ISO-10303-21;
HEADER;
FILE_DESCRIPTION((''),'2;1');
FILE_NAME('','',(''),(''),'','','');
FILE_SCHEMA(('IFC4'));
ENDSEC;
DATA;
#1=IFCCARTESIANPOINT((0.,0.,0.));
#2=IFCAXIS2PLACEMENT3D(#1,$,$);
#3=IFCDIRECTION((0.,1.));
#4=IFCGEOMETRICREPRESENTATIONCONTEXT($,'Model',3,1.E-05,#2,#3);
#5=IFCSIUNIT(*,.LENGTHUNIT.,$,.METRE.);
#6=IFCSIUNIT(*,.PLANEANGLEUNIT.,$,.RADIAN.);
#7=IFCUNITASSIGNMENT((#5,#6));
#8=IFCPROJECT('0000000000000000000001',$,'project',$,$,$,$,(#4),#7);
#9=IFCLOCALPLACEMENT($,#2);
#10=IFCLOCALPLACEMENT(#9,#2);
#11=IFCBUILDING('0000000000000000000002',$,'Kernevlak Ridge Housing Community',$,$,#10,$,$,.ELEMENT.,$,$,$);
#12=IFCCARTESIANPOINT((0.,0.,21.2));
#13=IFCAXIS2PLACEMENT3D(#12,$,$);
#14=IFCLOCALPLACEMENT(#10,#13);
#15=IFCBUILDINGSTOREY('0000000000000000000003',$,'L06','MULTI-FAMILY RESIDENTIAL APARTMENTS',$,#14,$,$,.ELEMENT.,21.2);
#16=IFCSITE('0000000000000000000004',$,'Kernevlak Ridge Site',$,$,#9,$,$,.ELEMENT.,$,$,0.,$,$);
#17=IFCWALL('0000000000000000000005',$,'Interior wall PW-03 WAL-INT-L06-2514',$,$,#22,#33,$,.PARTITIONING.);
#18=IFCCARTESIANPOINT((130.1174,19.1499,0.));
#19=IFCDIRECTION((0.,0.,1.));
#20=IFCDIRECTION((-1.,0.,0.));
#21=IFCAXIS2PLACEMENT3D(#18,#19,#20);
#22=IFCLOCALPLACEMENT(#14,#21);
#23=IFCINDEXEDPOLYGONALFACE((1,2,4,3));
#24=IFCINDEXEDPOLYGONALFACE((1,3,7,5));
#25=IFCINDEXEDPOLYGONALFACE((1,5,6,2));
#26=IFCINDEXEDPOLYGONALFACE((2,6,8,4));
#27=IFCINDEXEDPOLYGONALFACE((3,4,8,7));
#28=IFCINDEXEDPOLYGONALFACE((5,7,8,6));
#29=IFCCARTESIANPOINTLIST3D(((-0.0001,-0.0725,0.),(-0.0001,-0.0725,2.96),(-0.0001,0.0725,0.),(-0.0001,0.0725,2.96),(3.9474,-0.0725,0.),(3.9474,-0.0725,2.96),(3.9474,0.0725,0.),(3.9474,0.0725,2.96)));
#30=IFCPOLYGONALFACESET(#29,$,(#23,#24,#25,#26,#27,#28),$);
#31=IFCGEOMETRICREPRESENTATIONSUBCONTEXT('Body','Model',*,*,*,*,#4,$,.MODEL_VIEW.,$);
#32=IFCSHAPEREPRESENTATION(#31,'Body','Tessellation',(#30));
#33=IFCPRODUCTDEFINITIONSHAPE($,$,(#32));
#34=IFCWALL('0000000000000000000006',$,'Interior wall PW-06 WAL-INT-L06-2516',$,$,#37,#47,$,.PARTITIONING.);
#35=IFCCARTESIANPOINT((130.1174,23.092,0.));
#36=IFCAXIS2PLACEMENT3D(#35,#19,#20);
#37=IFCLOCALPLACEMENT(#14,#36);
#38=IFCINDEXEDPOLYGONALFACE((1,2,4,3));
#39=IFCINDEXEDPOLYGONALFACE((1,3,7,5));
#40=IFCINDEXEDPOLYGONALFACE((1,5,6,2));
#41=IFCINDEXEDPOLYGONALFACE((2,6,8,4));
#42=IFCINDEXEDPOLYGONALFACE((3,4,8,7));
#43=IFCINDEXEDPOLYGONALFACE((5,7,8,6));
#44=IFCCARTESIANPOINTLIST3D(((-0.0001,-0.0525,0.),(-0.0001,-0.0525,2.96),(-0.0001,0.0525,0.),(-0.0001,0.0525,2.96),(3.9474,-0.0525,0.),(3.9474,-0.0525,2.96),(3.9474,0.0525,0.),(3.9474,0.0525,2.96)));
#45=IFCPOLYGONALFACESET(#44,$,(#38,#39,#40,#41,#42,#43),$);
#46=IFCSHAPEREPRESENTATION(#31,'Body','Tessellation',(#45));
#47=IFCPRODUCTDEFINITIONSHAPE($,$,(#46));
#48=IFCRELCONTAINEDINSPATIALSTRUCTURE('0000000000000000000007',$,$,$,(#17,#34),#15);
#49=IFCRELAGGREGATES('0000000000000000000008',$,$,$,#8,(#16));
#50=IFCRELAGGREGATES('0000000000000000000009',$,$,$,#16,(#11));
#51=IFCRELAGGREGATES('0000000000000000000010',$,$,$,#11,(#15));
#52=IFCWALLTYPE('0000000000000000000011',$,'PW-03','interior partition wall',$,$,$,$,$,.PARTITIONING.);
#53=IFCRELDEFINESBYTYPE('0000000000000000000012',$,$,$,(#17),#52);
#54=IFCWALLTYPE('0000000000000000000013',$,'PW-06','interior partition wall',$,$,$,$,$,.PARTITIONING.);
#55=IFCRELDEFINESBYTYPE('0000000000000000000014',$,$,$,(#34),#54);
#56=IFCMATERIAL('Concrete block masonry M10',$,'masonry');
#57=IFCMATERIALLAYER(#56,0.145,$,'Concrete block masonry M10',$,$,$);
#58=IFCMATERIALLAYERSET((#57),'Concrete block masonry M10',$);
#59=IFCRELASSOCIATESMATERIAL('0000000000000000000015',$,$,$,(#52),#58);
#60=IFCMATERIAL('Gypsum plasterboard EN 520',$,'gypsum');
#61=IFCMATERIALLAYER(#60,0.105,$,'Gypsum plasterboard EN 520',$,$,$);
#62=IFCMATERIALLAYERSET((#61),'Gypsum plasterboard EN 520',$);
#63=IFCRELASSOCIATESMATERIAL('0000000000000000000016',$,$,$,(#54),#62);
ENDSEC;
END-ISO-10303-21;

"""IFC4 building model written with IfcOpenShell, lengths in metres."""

from ifc_helpers import new_model, si_unit, direction, frame, frame_2d, origin, place, context, subcontext, project, spatial, rectangle, extrude, material, layer, layer_set, type_object, element, save


model = new_model("IFC4")

# Units and contexts
model_context = context("Model", 3, precision=1e-05, world=origin(), true_north=direction((0.0, 1.0)))
body_context = subcontext(model_context, "Body", "Model", "MODEL_VIEW")
ifc_project = project(units=[si_unit("LENGTHUNIT", "METRE"), si_unit("PLANEANGLEUNIT", "RADIAN")], contexts=[model_context])

# Site, building, storey
site_placement = place(None, origin())
site = spatial("IfcSite", under=ifc_project, at=site_placement, Name="Kernevlak Ridge Site", CompositionType="ELEMENT", RefElevation=0.0)
building_placement = place(site_placement, origin())
building = spatial("IfcBuilding", under=site, at=building_placement, Name="Kernevlak Ridge Housing Community", CompositionType="ELEMENT")
storey_placement = place(building_placement, frame((0.0, 0.0, 21.2)))
storey = spatial("IfcBuildingStorey", under=building, at=storey_placement, Name="L06", Description="MULTI-FAMILY RESIDENTIAL APARTMENTS", CompositionType="ELEMENT", Elevation=21.2)

# Shared definitions
ifc_material_1 = material(Name="Concrete block masonry M10", Category="masonry")

# Shared definitions
ifc_layer_1 = layer(ifc_material_1, 0.145, Name="Concrete block masonry M10")
ifc_layer_set_1 = layer_set([ifc_layer_1], Name="Concrete block masonry M10")
wall_type_1 = type_object("IfcWallType", Name="PW-03", Description="interior partition wall", PredefinedType="PARTITIONING", material=ifc_layer_set_1)

# Wall
wall_1_placement = place(storey_placement, frame((130.1174, 19.1499, 0.0), z_axis=(0.0, 0.0, 1.0), x_axis=(-1.0, 0.0, 0.0)))
element("IfcWall", 1, at=wall_1_placement, inside=storey, type_object=wall_type_1, Name="Interior wall PW-03 WAL-INT-L06-2514", PredefinedType="PARTITIONING", context=body_context, shape_type="SweptSolid", body=[
    extrude(rectangle(XDim=3.9475, YDim=0.145, at=frame_2d((1.9736, 0.0))), origin(), (0.0, 0.0, 1.0), 2.96),
])

# Wall
ifc_material_2 = material(Name="Gypsum plasterboard EN 520", Category="gypsum")
ifc_layer_2 = layer(ifc_material_2, 0.105, Name="Gypsum plasterboard EN 520")
ifc_layer_set_2 = layer_set([ifc_layer_2], Name="Gypsum plasterboard EN 520")
wall_type_2 = type_object("IfcWallType", Name="PW-06", Description="interior partition wall", PredefinedType="PARTITIONING", material=ifc_layer_set_2)
wall_2_placement = place(storey_placement, frame((130.1174, 23.092, 0.0), z_axis=(0.0, 0.0, 1.0), x_axis=(-1.0, 0.0, 0.0)))
element("IfcWall", 2, at=wall_2_placement, inside=storey, type_object=wall_type_2, Name="Interior wall PW-06 WAL-INT-L06-2516", PredefinedType="PARTITIONING", context=body_context, shape_type="SweptSolid", body=[
    extrude(rectangle(XDim=3.9475, YDim=0.105, at=frame_2d((1.9736, 0.0))), origin(), (0.0, 0.0, 1.0), 2.96),
])

save(model, "model.ifc")
